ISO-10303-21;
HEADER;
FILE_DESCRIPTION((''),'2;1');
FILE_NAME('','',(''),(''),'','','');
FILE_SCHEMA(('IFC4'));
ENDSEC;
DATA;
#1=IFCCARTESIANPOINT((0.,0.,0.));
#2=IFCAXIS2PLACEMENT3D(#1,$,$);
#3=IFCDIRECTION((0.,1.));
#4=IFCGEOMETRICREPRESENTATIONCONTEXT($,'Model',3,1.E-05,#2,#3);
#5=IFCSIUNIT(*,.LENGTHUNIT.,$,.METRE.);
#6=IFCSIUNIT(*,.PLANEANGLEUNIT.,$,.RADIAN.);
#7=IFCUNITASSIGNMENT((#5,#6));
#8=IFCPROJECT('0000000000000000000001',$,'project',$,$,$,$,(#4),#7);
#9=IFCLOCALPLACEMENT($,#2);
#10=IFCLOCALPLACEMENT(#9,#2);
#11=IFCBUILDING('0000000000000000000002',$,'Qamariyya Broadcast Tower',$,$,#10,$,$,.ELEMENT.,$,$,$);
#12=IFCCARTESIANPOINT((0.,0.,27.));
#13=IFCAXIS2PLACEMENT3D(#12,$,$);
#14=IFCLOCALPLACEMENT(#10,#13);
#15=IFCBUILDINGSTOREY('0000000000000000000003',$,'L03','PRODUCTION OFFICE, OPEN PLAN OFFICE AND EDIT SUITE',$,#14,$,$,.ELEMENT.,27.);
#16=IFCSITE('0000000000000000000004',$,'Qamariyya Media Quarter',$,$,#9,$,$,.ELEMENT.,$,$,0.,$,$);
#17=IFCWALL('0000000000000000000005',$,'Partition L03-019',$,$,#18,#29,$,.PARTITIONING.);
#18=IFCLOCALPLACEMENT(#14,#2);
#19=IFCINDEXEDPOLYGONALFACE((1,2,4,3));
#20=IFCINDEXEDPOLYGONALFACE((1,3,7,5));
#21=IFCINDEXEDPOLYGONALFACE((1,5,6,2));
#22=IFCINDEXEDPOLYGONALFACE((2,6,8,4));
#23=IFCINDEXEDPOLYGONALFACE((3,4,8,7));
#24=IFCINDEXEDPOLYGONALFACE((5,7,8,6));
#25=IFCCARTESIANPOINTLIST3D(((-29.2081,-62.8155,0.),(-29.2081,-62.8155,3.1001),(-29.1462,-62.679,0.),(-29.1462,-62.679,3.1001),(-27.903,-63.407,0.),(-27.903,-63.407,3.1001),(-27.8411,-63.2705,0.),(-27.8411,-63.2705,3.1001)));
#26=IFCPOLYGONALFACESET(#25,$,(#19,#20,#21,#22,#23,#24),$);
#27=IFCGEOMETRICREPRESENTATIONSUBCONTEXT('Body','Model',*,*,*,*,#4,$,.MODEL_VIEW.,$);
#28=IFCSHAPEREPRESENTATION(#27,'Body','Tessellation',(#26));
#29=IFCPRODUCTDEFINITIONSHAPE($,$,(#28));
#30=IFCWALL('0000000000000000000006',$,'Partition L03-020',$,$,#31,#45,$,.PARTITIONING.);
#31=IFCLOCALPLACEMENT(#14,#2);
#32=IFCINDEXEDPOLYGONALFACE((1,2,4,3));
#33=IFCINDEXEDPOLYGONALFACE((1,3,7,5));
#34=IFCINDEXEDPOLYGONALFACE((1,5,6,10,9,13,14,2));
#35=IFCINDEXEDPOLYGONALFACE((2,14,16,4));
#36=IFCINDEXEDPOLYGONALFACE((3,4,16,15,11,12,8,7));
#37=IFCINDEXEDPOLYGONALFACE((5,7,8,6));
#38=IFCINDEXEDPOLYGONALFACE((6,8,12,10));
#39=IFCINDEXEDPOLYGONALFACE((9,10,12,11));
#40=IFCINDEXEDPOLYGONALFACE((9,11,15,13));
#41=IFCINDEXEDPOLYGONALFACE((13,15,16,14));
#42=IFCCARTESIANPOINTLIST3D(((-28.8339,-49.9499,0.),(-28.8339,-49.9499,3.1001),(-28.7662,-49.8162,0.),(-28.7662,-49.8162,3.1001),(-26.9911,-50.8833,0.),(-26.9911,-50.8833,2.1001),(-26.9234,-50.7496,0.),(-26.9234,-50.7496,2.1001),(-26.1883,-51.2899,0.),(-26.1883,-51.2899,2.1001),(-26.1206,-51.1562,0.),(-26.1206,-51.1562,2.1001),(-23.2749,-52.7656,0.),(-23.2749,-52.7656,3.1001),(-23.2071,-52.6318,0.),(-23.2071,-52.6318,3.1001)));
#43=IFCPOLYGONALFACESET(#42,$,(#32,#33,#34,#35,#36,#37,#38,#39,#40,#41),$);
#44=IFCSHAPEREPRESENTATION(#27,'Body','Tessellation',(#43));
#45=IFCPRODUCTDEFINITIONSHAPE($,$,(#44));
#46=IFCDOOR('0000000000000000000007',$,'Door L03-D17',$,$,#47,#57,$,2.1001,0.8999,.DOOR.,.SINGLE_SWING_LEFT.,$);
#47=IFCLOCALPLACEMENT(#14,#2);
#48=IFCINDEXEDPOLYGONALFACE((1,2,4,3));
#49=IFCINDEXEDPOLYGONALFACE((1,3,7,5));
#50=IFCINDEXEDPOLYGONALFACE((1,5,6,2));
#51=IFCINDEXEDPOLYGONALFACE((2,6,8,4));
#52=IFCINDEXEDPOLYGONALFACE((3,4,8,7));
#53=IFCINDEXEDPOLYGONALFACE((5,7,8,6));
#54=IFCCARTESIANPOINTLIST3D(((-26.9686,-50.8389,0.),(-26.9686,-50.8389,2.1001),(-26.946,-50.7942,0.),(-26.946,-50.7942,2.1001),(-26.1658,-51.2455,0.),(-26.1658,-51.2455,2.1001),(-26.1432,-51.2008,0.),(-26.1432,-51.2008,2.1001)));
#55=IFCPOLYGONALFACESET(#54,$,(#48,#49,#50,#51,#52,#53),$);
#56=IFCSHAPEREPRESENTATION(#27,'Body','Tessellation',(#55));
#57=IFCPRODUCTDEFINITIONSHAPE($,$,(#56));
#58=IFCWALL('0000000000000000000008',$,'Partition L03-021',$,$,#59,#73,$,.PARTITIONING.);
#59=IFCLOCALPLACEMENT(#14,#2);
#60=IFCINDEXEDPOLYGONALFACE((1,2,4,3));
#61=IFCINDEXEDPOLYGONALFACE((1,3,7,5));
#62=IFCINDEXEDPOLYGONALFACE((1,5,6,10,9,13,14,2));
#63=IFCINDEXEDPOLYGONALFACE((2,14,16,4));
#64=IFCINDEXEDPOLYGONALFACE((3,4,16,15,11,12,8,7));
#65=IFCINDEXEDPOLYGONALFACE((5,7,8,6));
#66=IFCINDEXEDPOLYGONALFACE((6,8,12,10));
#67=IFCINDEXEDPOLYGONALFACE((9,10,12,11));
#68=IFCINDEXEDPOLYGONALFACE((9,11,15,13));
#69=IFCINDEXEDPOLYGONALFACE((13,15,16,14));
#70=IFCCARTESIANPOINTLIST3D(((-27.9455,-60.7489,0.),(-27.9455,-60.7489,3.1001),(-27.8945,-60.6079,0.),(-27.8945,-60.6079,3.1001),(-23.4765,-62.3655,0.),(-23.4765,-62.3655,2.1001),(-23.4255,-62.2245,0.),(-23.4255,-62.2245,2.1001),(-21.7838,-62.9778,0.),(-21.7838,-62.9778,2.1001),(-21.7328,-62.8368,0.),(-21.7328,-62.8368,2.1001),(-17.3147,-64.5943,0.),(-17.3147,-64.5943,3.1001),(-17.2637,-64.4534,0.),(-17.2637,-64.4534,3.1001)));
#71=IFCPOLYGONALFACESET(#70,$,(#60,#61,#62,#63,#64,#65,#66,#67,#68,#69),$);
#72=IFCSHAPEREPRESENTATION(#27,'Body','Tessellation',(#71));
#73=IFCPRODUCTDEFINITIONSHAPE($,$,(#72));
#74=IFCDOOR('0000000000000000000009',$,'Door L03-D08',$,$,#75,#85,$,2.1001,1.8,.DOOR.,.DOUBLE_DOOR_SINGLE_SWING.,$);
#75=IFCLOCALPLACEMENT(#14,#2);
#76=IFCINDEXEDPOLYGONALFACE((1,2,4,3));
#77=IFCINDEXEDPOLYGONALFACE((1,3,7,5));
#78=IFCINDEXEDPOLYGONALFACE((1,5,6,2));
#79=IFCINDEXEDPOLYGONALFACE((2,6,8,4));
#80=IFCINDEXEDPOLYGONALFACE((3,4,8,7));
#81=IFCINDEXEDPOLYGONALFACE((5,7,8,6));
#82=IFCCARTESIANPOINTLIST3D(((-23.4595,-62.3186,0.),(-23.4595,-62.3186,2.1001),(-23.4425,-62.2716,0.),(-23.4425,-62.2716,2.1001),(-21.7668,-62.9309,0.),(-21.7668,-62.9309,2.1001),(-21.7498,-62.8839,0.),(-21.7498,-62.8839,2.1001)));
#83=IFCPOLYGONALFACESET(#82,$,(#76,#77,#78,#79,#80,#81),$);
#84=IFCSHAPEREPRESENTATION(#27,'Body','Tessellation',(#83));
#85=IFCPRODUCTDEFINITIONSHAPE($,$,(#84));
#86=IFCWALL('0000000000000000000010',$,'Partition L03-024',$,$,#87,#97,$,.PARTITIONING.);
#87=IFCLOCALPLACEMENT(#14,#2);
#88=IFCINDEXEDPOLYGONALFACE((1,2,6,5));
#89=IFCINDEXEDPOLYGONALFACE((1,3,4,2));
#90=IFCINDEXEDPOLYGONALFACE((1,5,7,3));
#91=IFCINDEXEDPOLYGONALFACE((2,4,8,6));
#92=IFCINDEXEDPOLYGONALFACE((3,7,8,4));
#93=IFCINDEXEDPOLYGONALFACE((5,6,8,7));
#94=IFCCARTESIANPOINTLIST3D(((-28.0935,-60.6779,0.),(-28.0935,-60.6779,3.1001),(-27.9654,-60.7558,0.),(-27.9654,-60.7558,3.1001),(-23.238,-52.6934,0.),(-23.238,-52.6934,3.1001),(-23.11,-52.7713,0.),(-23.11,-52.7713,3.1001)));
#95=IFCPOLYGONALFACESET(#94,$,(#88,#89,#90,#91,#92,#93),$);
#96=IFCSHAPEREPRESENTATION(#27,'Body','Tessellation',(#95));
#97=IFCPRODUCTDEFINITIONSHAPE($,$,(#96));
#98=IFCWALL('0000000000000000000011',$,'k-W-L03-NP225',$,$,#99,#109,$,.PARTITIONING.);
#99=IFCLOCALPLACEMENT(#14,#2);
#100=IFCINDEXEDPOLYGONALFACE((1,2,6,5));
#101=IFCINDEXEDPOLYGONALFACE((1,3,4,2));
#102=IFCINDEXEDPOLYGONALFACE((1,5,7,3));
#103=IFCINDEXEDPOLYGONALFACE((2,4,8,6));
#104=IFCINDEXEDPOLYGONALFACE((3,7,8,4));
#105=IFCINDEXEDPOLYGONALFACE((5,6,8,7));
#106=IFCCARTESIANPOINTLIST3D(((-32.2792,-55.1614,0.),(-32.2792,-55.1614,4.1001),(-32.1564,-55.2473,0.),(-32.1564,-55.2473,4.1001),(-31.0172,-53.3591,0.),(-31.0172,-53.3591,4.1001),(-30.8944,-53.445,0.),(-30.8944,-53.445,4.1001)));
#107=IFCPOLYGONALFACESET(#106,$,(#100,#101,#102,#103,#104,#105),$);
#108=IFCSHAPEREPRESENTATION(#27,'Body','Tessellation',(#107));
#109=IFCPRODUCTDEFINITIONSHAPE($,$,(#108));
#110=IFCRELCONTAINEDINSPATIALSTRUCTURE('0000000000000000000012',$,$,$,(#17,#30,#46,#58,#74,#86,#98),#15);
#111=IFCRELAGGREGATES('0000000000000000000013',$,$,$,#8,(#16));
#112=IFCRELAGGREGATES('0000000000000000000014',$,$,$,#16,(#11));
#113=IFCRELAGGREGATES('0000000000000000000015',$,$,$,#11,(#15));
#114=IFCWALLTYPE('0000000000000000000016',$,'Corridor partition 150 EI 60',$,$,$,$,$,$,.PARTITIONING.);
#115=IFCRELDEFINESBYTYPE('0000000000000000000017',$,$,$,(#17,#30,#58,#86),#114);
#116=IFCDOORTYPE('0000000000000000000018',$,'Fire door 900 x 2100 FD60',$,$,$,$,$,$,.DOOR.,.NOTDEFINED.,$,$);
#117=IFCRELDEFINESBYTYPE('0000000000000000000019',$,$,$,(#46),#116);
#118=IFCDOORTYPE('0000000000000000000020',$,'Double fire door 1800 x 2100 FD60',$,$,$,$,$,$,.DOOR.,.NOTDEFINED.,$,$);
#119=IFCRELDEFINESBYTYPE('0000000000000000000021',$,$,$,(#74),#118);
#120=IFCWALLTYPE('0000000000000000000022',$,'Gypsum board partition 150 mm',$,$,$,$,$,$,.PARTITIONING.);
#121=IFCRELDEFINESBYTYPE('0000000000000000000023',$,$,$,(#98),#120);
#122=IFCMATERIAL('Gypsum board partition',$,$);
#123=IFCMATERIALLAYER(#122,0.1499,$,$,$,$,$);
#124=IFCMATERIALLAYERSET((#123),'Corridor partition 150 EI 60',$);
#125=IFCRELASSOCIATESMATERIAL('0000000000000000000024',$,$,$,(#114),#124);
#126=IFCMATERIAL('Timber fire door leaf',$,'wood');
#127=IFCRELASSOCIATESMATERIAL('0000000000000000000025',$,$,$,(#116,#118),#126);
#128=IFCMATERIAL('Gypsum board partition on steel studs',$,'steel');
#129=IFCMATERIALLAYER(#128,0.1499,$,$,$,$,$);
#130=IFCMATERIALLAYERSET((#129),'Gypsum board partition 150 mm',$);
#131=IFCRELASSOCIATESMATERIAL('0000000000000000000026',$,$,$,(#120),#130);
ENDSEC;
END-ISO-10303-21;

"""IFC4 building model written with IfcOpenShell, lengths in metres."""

from ifc_helpers import new_model, si_unit, direction, frame, frame_2d, origin, place, context, subcontext, project, spatial, rectangle, extrude, material, layer, layer_set, type_object, element, fill, save


model = new_model("IFC4")

# Units and contexts
model_context = context("Model", 3, precision=1e-05, world=origin(), true_north=direction((0.0, 1.0)))
body_context = subcontext(model_context, "Body", "Model", "MODEL_VIEW")
ifc_project = project(units=[si_unit("LENGTHUNIT", "METRE"), si_unit("PLANEANGLEUNIT", "RADIAN")], contexts=[model_context])

# Site, building, storey
site_placement = place(None, origin())
site = spatial("IfcSite", under=ifc_project, at=site_placement, Name="Qamariyya Media Quarter", CompositionType="ELEMENT", RefElevation=0.0)
building_placement = place(site_placement, origin())
building = spatial("IfcBuilding", under=site, at=building_placement, Name="Qamariyya Broadcast Tower", CompositionType="ELEMENT")
storey_placement = place(building_placement, frame((0.0, 0.0, 27.0)))
storey = spatial("IfcBuildingStorey", under=building, at=storey_placement, Name="L03", Description="PRODUCTION OFFICE, OPEN PLAN OFFICE AND EDIT SUITE", CompositionType="ELEMENT", Elevation=27.0)

# Shared definitions
ifc_material_1 = material(Name="Gypsum board partition")
ifc_layer_1 = layer(ifc_material_1, 0.1499)
ifc_layer_set_1 = layer_set([ifc_layer_1], Name="Corridor partition 150 EI 60")
wall_type_1 = type_object("IfcWallType", Name="Corridor partition 150 EI 60", PredefinedType="PARTITIONING", material=ifc_layer_set_1)
ifc_material_2 = material(Name="Timber fire door leaf", Category="wood")
door_type_1 = type_object("IfcDoorType", Name="Fire door 900 x 2100 FD60", OperationType="NOTDEFINED", PredefinedType="DOOR", material=ifc_material_2)

# Wall
wall_1_placement = place(storey_placement, frame((-29.177, -62.7473, 0.0), z_axis=(0.0, 0.0, 1.0), x_axis=(0.910815, -0.412814, 0.0)))
element("IfcWall", 1, at=wall_1_placement, inside=storey, type_object=wall_type_1, Name="Partition L03-019", PredefinedType="PARTITIONING", context=body_context, shape_type="SweptSolid", body=[
    extrude(rectangle(XDim=1.4329, YDim=0.1499, at=frame_2d((0.7163, 0.0))), origin(), (0.0, 0.0, 1.0), 3.1001),
])

# Walls, openings, doors
wall_2_placement = place(storey_placement, frame((-28.8, -49.8831, 0.0), z_axis=(0.0, 0.0, 1.0), x_axis=(0.892096, -0.451846, 0.0)))
wall_2 = element("IfcWall", 2, at=wall_2_placement, inside=storey, type_object=wall_type_1, Name="Partition L03-020", PredefinedType="PARTITIONING", context=body_context, shape_type="SweptSolid", body=[
    extrude(rectangle(XDim=6.2314, YDim=0.1499, at=frame_2d((3.1157, 0.0))), origin(), (0.0, 0.0, 1.0), 3.1001),
])
opening_1_placement = place(wall_2_placement, frame((2.0657, 0.0, 0.0)))
opening_1 = element("IfcOpeningElement", 3, at=opening_1_placement, cuts=wall_2, PredefinedType="OPENING", context=body_context, shape_type="SweptSolid", body=[
    extrude(rectangle(XDim=0.8999, YDim=2.1001, at=frame_2d((0.45, 1.05))), frame((0.0, 0.085, 0.0), z_axis=(0.0, -1.0, 0.0), x_axis=(1.0, 0.0, 0.0)), (0.0, 0.0, 1.0), 0.1699),
])
door_1_placement = place(opening_1_placement, origin())
door_1 = element("IfcDoor", 4, at=door_1_placement, inside=storey, type_object=door_type_1, Name="Door L03-D17", OperationType="SINGLE_SWING_LEFT", OverallHeight=2.1001, OverallWidth=0.8999, PredefinedType="DOOR", context=body_context, shape_type="SweptSolid", body=[
    extrude(rectangle(XDim=0.8999, YDim=2.1001, at=frame_2d((0.45, 1.05))), frame((0.0, 0.0249, 0.0), z_axis=(0.0, -1.0, 0.0), x_axis=(1.0, 0.0, 0.0)), (0.0, 0.0, 1.0), 0.05),
])
fill(opening_1, door_1)
wall_3_placement = place(storey_placement, frame((-27.9199, -60.6785, 0.0), z_axis=(0.0, 0.0, 1.0), x_axis=(0.940369, -0.340156, 0.0)))
wall_3 = element("IfcWall", 5, at=wall_3_placement, inside=storey, type_object=wall_type_1, Name="Partition L03-021", PredefinedType="PARTITIONING", context=body_context, shape_type="SweptSolid", body=[
    extrude(rectangle(XDim=11.3049, YDim=0.1499, at=frame_2d((5.6523, 0.0))), origin(), (0.0, 0.0, 1.0), 3.1001),
])
opening_2_placement = place(wall_3_placement, frame((4.7524, 0.0, 0.0)))
opening_2 = element("IfcOpeningElement", 6, at=opening_2_placement, cuts=wall_3, PredefinedType="OPENING", context=body_context, shape_type="SweptSolid", body=[
    extrude(rectangle(XDim=1.8, YDim=2.1001, at=frame_2d((0.8999, 1.05))), frame((0.0, 0.085, 0.0), z_axis=(0.0, -1.0, 0.0), x_axis=(1.0, 0.0, 0.0)), (0.0, 0.0, 1.0), 0.1699),
])
door_type_2 = type_object("IfcDoorType", Name="Double fire door 1800 x 2100 FD60", OperationType="NOTDEFINED", PredefinedType="DOOR", material=ifc_material_2)
door_2_placement = place(opening_2_placement, origin())
door_2 = element("IfcDoor", 7, at=door_2_placement, inside=storey, type_object=door_type_2, Name="Door L03-D08", OperationType="DOUBLE_DOOR_SINGLE_SWING", OverallHeight=2.1001, OverallWidth=1.8, PredefinedType="DOOR", context=body_context, shape_type="SweptSolid", body=[
    extrude(rectangle(XDim=1.8, YDim=2.1001, at=frame_2d((0.8999, 1.05))), frame((0.0, 0.0249, 0.0), z_axis=(0.0, -1.0, 0.0), x_axis=(1.0, 0.0, 0.0)), (0.0, 0.0, 1.0), 0.05),
])
fill(opening_2, door_2)

# Walls
wall_4_placement = place(storey_placement, frame((-23.1741, -52.7324, 0.0), z_axis=(0.0, 0.0, 1.0), x_axis=(-0.519577, -0.854423, 0.0)))
element("IfcWall", 8, at=wall_4_placement, inside=storey, type_object=wall_type_1, Name="Partition L03-024", PredefinedType="PARTITIONING", context=body_context, shape_type="SweptSolid", body=[
    extrude(rectangle(XDim=9.345, YDim=0.1499, at=frame_2d((4.6724, 0.0))), origin(), (0.0, 0.0, 1.0), 3.1001),
])
ifc_material_3 = material(Name="Gypsum board partition on steel studs", Category="steel")
ifc_layer_2 = layer(ifc_material_3, 0.1499)
ifc_layer_set_2 = layer_set([ifc_layer_2], Name="Gypsum board partition 150 mm")
wall_type_2 = type_object("IfcWallType", Name="Gypsum board partition 150 mm", PredefinedType="PARTITIONING", material=ifc_layer_set_2)
wall_5_placement = place(storey_placement, frame((-32.2178, -55.2043, 0.0), z_axis=(0.0, 0.0, 1.0), x_axis=(0.573581, 0.819149, 0.0)))
element("IfcWall", 9, at=wall_5_placement, inside=storey, type_object=wall_type_2, Name="k-W-L03-NP225", PredefinedType="PARTITIONING", context=body_context, shape_type="SweptSolid", body=[
    extrude(rectangle(XDim=2.2002, YDim=0.1499, at=frame_2d((1.1001, 0.0))), origin(), (0.0, 0.0, 1.0), 4.1001),
])

save(model, "model.ifc")
